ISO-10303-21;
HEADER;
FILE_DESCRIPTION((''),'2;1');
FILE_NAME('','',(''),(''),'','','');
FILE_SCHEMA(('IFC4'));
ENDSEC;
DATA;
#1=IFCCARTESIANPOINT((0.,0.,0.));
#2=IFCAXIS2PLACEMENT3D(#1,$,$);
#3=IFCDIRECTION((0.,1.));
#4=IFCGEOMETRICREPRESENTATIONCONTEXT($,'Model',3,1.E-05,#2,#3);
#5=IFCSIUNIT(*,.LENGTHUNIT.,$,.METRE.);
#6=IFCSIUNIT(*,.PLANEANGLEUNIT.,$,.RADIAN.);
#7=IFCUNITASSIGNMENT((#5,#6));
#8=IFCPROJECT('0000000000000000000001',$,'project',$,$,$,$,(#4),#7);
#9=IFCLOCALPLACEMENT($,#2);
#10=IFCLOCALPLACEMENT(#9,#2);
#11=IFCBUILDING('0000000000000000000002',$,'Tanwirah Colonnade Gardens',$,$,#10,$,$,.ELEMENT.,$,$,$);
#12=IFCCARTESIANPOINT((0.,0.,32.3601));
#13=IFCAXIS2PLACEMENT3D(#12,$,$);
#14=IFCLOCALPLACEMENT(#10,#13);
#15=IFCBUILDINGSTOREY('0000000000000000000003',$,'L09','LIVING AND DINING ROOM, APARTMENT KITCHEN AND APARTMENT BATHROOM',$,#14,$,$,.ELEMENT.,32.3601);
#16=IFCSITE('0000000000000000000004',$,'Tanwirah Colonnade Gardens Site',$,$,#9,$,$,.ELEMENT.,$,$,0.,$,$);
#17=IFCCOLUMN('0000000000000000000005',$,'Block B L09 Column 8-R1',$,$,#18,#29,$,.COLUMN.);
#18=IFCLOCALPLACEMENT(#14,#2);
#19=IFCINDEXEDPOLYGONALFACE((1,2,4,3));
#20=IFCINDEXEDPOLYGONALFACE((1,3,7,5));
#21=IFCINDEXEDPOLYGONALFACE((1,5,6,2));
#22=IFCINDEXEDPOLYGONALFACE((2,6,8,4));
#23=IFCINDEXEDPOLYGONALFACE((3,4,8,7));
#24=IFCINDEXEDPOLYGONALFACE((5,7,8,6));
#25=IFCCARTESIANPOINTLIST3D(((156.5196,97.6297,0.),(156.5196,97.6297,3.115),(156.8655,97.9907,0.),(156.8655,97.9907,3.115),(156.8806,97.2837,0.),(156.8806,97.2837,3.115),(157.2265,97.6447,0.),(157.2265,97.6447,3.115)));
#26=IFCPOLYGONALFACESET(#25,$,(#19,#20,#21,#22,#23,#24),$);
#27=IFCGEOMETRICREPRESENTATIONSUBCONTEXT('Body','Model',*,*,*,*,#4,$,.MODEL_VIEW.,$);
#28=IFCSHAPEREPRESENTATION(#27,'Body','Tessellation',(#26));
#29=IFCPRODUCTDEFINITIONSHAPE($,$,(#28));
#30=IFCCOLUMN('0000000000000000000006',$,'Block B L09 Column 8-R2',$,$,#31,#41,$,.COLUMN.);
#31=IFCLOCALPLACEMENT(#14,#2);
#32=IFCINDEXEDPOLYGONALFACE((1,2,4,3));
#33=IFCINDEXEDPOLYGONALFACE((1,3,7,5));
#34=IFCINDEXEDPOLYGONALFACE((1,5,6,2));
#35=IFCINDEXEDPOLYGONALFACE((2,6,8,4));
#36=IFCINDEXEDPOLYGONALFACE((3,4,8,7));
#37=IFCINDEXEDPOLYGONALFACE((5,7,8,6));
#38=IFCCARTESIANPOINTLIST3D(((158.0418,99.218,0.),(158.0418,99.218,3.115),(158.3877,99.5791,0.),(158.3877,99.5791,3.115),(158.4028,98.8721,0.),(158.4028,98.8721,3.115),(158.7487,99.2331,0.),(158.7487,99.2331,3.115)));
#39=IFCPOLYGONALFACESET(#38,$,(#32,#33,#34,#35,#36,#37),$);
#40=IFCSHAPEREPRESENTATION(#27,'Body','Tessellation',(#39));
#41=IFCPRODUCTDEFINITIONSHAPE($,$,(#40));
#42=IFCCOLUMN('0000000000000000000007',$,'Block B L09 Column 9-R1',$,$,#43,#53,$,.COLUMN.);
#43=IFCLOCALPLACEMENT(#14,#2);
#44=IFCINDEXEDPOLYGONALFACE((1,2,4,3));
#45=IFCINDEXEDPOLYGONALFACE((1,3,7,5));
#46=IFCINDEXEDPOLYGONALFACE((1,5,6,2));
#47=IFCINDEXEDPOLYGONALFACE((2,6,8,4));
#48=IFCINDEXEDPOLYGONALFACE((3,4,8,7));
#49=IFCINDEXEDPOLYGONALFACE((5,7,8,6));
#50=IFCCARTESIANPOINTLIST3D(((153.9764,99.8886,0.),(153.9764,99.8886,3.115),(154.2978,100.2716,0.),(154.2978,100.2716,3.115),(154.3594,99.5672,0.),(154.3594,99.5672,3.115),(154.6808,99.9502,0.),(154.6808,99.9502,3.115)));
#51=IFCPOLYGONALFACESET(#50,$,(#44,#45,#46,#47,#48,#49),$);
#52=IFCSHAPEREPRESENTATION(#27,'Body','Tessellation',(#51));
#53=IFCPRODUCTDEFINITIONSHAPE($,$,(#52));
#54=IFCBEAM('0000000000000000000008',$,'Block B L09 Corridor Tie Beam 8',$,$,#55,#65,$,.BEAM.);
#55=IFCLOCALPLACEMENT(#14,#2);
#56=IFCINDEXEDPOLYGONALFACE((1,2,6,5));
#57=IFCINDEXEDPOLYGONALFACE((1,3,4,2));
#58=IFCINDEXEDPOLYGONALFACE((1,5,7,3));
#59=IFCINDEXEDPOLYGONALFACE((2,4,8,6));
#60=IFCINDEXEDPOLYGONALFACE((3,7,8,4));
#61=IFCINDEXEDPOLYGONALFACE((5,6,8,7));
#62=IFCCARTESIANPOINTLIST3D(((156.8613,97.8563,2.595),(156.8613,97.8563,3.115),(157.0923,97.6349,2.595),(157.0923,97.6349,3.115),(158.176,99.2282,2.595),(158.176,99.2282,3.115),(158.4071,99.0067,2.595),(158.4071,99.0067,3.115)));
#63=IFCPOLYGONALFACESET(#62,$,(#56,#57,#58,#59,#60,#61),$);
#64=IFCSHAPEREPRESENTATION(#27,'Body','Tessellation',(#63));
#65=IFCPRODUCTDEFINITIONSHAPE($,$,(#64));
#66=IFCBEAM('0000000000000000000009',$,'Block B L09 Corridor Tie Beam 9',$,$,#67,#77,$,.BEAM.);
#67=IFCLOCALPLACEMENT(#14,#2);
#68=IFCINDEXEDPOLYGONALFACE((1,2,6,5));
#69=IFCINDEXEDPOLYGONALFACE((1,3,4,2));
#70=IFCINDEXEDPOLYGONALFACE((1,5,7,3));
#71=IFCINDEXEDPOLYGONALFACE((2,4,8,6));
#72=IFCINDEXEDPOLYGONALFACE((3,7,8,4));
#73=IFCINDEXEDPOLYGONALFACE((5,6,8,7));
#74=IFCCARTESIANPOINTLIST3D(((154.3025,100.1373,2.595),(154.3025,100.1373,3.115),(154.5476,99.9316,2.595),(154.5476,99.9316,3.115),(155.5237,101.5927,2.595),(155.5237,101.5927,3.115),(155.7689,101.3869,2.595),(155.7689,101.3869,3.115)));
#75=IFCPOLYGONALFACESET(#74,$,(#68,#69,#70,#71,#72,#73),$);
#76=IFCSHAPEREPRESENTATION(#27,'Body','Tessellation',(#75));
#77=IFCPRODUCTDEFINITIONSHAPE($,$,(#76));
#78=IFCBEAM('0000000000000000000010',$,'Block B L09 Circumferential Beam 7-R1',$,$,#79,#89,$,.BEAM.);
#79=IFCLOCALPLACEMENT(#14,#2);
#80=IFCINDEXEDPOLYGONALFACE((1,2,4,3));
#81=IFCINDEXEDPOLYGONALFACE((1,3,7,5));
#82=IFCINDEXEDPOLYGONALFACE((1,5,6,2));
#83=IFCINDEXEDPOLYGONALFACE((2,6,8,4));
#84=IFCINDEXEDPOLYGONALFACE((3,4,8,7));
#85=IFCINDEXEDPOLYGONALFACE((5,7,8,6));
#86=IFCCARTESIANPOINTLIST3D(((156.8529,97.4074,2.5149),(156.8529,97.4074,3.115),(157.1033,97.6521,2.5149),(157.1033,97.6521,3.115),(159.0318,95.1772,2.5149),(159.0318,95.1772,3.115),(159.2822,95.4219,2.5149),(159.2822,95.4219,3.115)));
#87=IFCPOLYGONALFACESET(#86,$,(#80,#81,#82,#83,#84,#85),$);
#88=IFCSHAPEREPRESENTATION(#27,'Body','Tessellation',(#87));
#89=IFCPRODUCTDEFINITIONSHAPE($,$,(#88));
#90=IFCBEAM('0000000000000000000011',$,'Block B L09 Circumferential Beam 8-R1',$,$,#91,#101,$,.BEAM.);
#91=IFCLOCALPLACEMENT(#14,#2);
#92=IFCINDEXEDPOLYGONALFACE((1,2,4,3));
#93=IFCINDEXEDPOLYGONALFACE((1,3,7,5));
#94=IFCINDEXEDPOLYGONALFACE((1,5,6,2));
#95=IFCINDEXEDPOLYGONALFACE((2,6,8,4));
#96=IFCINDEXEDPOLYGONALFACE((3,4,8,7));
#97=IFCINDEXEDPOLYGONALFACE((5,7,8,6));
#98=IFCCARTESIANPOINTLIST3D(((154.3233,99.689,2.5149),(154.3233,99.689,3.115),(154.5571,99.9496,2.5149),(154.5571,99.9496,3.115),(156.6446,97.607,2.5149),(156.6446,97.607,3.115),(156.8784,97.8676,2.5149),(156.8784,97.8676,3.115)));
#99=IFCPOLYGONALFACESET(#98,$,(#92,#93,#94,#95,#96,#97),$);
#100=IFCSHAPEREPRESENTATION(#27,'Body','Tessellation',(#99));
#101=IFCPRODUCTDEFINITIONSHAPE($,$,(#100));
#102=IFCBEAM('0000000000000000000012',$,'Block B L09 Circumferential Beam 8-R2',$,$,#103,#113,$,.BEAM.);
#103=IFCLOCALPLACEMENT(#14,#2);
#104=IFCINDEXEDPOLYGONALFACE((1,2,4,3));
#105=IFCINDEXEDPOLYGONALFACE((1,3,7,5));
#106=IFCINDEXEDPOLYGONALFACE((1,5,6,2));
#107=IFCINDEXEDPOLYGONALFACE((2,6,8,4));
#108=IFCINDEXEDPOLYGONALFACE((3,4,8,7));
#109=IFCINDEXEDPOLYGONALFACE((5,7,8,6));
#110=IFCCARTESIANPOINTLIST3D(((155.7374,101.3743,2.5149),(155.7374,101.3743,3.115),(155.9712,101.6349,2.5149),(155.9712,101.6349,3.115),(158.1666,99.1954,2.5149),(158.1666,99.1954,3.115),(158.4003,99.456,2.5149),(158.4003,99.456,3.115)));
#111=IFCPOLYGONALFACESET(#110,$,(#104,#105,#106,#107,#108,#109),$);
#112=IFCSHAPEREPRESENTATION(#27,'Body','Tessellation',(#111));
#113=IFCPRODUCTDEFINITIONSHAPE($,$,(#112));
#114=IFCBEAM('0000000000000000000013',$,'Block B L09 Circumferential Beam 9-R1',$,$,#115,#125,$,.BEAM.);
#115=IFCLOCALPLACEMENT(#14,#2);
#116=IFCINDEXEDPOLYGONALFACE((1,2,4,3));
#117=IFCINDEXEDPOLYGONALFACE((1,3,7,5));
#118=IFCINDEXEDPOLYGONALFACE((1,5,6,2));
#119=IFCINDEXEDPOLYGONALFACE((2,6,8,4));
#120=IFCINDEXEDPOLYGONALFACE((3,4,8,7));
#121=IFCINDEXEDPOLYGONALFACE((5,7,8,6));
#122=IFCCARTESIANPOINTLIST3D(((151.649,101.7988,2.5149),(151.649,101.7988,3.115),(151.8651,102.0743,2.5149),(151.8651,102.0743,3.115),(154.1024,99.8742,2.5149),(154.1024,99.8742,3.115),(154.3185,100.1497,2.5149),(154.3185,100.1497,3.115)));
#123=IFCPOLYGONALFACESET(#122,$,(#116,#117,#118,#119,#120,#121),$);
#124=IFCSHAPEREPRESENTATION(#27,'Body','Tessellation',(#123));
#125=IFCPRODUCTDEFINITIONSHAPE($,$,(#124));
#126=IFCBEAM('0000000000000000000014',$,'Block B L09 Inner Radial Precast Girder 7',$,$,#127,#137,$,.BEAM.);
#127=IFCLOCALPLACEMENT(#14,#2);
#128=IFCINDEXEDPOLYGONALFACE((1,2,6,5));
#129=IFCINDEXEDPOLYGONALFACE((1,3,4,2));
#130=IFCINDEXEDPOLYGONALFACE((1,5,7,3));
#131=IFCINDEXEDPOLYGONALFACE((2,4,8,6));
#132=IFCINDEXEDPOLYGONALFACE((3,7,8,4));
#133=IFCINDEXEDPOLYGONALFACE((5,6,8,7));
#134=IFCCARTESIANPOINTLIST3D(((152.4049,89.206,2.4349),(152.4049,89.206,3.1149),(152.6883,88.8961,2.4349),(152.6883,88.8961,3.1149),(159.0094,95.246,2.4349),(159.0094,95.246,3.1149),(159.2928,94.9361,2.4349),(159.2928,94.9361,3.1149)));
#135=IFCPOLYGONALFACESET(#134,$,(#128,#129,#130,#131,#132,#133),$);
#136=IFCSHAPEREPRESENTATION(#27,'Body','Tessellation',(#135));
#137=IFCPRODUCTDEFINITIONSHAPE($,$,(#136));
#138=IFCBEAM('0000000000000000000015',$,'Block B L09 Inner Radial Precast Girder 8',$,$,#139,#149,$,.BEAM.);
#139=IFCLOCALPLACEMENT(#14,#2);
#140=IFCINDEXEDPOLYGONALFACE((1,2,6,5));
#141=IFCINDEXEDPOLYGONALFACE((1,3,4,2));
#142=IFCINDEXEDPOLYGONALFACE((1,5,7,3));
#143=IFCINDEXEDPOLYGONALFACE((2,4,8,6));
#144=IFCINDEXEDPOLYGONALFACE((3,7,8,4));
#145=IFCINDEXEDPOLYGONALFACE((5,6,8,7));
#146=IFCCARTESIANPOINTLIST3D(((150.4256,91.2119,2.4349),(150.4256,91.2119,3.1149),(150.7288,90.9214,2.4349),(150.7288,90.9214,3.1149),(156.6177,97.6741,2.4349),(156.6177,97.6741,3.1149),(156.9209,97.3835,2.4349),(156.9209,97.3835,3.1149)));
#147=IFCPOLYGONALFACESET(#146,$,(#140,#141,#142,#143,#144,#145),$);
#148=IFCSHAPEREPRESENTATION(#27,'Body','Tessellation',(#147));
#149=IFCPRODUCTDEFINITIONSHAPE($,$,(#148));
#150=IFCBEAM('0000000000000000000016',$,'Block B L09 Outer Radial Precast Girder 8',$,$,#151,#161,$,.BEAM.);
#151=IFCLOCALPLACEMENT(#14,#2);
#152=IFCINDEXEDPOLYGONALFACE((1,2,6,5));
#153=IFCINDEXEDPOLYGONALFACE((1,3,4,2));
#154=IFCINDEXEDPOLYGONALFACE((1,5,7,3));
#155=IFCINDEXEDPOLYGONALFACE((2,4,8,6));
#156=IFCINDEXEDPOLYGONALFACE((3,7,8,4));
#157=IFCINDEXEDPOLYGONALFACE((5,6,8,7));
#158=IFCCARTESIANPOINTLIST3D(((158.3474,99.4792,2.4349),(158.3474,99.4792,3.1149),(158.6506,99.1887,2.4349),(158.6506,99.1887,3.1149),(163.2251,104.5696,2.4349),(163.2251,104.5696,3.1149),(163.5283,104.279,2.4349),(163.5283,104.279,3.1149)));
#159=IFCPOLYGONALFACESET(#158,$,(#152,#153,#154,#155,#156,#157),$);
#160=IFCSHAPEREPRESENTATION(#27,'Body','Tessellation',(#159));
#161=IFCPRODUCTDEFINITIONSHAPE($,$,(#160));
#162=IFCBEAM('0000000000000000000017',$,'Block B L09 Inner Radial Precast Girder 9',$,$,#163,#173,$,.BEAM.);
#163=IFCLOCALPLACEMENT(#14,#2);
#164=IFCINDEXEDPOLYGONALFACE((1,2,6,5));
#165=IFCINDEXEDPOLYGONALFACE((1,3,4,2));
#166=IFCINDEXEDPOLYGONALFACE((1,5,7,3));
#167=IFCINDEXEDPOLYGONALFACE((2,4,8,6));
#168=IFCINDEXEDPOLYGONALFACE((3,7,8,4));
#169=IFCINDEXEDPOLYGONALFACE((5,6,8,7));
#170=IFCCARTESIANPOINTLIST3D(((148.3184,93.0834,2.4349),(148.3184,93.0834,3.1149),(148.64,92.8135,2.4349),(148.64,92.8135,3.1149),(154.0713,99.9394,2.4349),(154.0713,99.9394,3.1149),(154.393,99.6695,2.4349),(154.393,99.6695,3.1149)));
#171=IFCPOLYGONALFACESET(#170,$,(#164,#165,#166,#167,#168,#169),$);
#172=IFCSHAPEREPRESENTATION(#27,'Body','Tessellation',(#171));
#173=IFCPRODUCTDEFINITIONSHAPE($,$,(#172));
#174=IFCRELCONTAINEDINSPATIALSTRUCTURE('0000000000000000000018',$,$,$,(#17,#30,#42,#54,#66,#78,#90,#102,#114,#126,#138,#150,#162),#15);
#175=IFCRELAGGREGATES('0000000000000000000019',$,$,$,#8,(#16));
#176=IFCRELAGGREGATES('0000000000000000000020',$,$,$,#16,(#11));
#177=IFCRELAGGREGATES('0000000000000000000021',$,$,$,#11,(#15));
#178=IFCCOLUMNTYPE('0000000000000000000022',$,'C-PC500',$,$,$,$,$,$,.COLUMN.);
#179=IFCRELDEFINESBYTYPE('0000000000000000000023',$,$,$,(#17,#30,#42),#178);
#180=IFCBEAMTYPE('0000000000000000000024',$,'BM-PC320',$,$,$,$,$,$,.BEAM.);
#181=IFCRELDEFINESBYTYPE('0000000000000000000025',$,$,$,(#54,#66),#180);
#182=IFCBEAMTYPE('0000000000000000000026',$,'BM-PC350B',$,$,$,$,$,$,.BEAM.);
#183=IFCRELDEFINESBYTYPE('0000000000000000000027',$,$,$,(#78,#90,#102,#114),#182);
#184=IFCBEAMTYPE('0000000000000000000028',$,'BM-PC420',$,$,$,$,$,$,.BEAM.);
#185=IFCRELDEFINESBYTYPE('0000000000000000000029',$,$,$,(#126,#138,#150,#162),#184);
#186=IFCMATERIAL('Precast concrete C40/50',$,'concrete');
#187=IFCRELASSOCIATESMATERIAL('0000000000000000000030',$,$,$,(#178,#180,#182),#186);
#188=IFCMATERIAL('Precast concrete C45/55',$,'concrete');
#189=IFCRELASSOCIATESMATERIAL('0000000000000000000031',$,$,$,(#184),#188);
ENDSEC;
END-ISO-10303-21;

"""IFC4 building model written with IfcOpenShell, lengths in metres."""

from ifc_helpers import new_model, si_unit, direction, frame, origin, origin_2d, place, context, subcontext, project, spatial, rectangle, extrude, material, material_profile, profile_set, type_object, element, save


model = new_model("IFC4")

# Units and contexts
model_context = context("Model", 3, precision=1e-05, world=origin(), true_north=direction((0.0, 1.0)))
body_context = subcontext(model_context, "Body", "Model", "MODEL_VIEW")
ifc_project = project(units=[si_unit("LENGTHUNIT", "METRE"), si_unit("PLANEANGLEUNIT", "RADIAN")], contexts=[model_context])

# Site, building, storey
site_placement = place(None, origin())
site = spatial("IfcSite", under=ifc_project, at=site_placement, Name="Tanwirah Colonnade Gardens Site", CompositionType="ELEMENT", RefElevation=0.0)
building_placement = place(site_placement, origin())
building = spatial("IfcBuilding", under=site, at=building_placement, Name="Tanwirah Colonnade Gardens", CompositionType="ELEMENT")
storey_placement = place(building_placement, frame((0.0, 0.0, 32.3601)))
storey = spatial("IfcBuildingStorey", under=building, at=storey_placement, Name="L09", Description="LIVING AND DINING ROOM, APARTMENT KITCHEN AND APARTMENT BATHROOM", CompositionType="ELEMENT", Elevation=32.3601)

# Columns
ifc_material_1 = material(Name="Precast concrete C40/50", Category="concrete")
ifc_material_profile_1 = material_profile(ifc_material_1, rectangle(XDim=0.5, YDim=0.5, at=origin_2d()), Name="PC-COL 500x500")
ifc_profile_set_1 = profile_set([ifc_material_profile_1], Name="Precast concrete C40/50")
column_type = type_object("IfcColumnType", Name="C-PC500", PredefinedType="COLUMN", material=ifc_profile_set_1)
for number, where, z_axis, x_axis, name in (
    (1, (156.873, 97.6372, 0.0), (0.0, 0.0, 1.0), (0.691863, 0.722029, 0.0), "Block B L09 Column 8-R1"),
    (2, (158.3953, 99.2256, 0.0), (0.0, 0.0, 1.0), (0.691863, 0.722029, 0.0), "Block B L09 Column 8-R2"),
    (3, (154.3286, 99.9194, 0.0), (0.0, 0.0, 1.0), (0.642788, 0.766044, 0.0), "Block B L09 Column 9-R1"),
):
    element("IfcColumn", number, at=place(storey_placement, frame(where, z_axis=z_axis, x_axis=x_axis)), inside=storey, type_object=column_type, Name=name, PredefinedType="COLUMN", context=body_context, shape_type="SweptSolid", body=[
        extrude(rectangle(XDim=0.5, YDim=0.5, at=origin_2d()), origin(), (0.0, 0.0, 1.0), 3.115),
    ])

# Beams
ifc_material_profile_2 = material_profile(ifc_material_1, rectangle(XDim=0.3201, YDim=0.52, at=origin_2d()), Name="PC-BM 320x520")
ifc_profile_set_2 = profile_set([ifc_material_profile_2], Name="Precast concrete C40/50")
beam_type_1 = type_object("IfcBeamType", Name="BM-PC320", PredefinedType="BEAM", material=ifc_profile_set_2)
beam_1_placement = place(storey_placement, frame((156.9768, 97.7456, 2.855), z_axis=(0.691914, 0.72198, 0.0), x_axis=(-0.72198, 0.691914, 0.0)))
element("IfcBeam", 4, at=beam_1_placement, inside=storey, type_object=beam_type_1, Name="Block B L09 Corridor Tie Beam 8", PredefinedType="BEAM", context=body_context, shape_type="SweptSolid", body=[
    extrude(rectangle(XDim=0.3201, YDim=0.52, at=origin_2d()), origin(), (0.0, 0.0, 1.0), 1.9001),
])
beam_2_placement = place(storey_placement, frame((154.425, 100.0344, 2.855), z_axis=(0.642797, 0.766036, 0.0), x_axis=(-0.766036, 0.642797, 0.0)))
element("IfcBeam", 5, at=beam_2_placement, inside=storey, type_object=beam_type_1, Name="Block B L09 Corridor Tie Beam 9", PredefinedType="BEAM", context=body_context, shape_type="SweptSolid", body=[
    extrude(rectangle(XDim=0.3201, YDim=0.52, at=origin_2d()), origin(), (0.0, 0.0, 1.0), 1.8999),
])
ifc_material_profile_3 = material_profile(ifc_material_1, rectangle(XDim=0.3501, YDim=0.6001, at=origin_2d()), Name="PC-BM 350x600")
ifc_profile_set_3 = profile_set([ifc_material_profile_3], Name="Precast concrete C40/50")
beam_type_2 = type_object("IfcBeamType", Name="BM-PC350B", PredefinedType="BEAM", material=ifc_profile_set_3)
beam_3_placement = place(storey_placement, frame((159.157, 95.2996, 2.8149), z_axis=(-0.698837, 0.715281, 0.0), x_axis=(-0.715281, -0.698837, 0.0)))
element("IfcBeam", 6, at=beam_3_placement, inside=storey, type_object=beam_type_2, Name="Block B L09 Circumferential Beam 7-R1", PredefinedType="BEAM", context=body_context, shape_type="SweptSolid", body=[
    extrude(rectangle(XDim=0.3501, YDim=0.6001, at=origin_2d()), origin(), (0.0, 0.0, 1.0), 3.1179),
])
beam_4_placement = place(storey_placement, frame((156.7615, 97.7373, 2.8149), z_axis=(-0.74443, 0.667701, 0.0), x_axis=(-0.667701, -0.74443, 0.0)))
element("IfcBeam", 7, at=beam_4_placement, inside=storey, type_object=beam_type_2, Name="Block B L09 Circumferential Beam 8-R1", PredefinedType="BEAM", context=body_context, shape_type="SweptSolid", body=[
    extrude(rectangle(XDim=0.3501, YDim=0.6001, at=origin_2d()), origin(), (0.0, 0.0, 1.0), 3.1182),
])
beam_5_placement = place(storey_placement, frame((158.2834, 99.3257, 2.8149), z_axis=(-0.744409, 0.667724, 0.0), x_axis=(-0.667724, -0.744409, 0.0)))
element("IfcBeam", 8, at=beam_5_placement, inside=storey, type_object=beam_type_2, Name="Block B L09 Circumferential Beam 8-R2", PredefinedType="BEAM", context=body_context, shape_type="SweptSolid", body=[
    extrude(rectangle(XDim=0.3501, YDim=0.6001, at=origin_2d()), origin(), (0.0, 0.0, 1.0), 3.2632),
])
beam_6_placement = place(storey_placement, frame((154.2104, 100.012, 2.8149), z_axis=(-0.786799, 0.617209, 0.0), x_axis=(-0.617209, -0.786799, 0.0)))
element("IfcBeam", 9, at=beam_6_placement, inside=storey, type_object=beam_type_2, Name="Block B L09 Circumferential Beam 9-R1", PredefinedType="BEAM", context=body_context, shape_type="SweptSolid", body=[
    extrude(rectangle(XDim=0.3501, YDim=0.6001, at=origin_2d()), origin(), (0.0, 0.0, 1.0), 3.1182),
])
ifc_material_2 = material(Name="Precast concrete C45/55", Category="concrete")
ifc_material_profile_4 = material_profile(ifc_material_2, rectangle(XDim=0.4199, YDim=0.6799, at=origin_2d()), Name="PC-BM 420x680")
ifc_profile_set_4 = profile_set([ifc_material_profile_4], Name="Precast concrete C45/55")
beam_type_3 = type_object("IfcBeamType", Name="BM-PC420", PredefinedType="BEAM", material=ifc_profile_set_4)
for number, where, z_axis, x_axis, name in (
    (10, (159.1511, 95.0911, 2.7749), (-0.737937, -0.674869, 0.0), (0.674869, -0.737937, 0.0), "Block B L09 Inner Radial Precast Girder 7"),
    (11, (156.7693, 97.5288, 2.7749), (-0.691861, -0.722031, 0.0), (0.722031, -0.691861, 0.0), "Block B L09 Inner Radial Precast Girder 8"),
):
    element("IfcBeam", number, at=place(storey_placement, frame(where, z_axis=z_axis, x_axis=x_axis)), inside=storey, type_object=beam_type_3, Name=name, PredefinedType="BEAM", context=body_context, shape_type="SweptSolid", body=[
        extrude(rectangle(XDim=0.4199, YDim=0.6799, at=origin_2d()), origin(), (0.0, 0.0, 1.0), 8.95),
    ])
beam_7_placement = place(storey_placement, frame((158.499, 99.334, 2.7749), z_axis=(0.691865, 0.722027, 0.0), x_axis=(-0.722027, 0.691865, 0.0)))
element("IfcBeam", 12, at=beam_7_placement, inside=storey, type_object=beam_type_3, Name="Block B L09 Outer Radial Precast Girder 8", PredefinedType="BEAM", context=body_context, shape_type="SweptSolid", body=[
    extrude(rectangle(XDim=0.4199, YDim=0.6799, at=origin_2d()), origin(), (0.0, 0.0, 1.0), 7.05),
])
beam_8_placement = place(storey_placement, frame((154.2322, 99.8044, 2.7749), z_axis=(-0.642794, -0.766039, 0.0), x_axis=(0.766039, -0.642794, 0.0)))
element("IfcBeam", 13, at=beam_8_placement, inside=storey, type_object=beam_type_3, Name="Block B L09 Inner Radial Precast Girder 9", PredefinedType="BEAM", context=body_context, shape_type="SweptSolid", body=[
    extrude(rectangle(XDim=0.4199, YDim=0.6799, at=origin_2d()), origin(), (0.0, 0.0, 1.0), 8.95),
])

save(model, "model.ifc")
